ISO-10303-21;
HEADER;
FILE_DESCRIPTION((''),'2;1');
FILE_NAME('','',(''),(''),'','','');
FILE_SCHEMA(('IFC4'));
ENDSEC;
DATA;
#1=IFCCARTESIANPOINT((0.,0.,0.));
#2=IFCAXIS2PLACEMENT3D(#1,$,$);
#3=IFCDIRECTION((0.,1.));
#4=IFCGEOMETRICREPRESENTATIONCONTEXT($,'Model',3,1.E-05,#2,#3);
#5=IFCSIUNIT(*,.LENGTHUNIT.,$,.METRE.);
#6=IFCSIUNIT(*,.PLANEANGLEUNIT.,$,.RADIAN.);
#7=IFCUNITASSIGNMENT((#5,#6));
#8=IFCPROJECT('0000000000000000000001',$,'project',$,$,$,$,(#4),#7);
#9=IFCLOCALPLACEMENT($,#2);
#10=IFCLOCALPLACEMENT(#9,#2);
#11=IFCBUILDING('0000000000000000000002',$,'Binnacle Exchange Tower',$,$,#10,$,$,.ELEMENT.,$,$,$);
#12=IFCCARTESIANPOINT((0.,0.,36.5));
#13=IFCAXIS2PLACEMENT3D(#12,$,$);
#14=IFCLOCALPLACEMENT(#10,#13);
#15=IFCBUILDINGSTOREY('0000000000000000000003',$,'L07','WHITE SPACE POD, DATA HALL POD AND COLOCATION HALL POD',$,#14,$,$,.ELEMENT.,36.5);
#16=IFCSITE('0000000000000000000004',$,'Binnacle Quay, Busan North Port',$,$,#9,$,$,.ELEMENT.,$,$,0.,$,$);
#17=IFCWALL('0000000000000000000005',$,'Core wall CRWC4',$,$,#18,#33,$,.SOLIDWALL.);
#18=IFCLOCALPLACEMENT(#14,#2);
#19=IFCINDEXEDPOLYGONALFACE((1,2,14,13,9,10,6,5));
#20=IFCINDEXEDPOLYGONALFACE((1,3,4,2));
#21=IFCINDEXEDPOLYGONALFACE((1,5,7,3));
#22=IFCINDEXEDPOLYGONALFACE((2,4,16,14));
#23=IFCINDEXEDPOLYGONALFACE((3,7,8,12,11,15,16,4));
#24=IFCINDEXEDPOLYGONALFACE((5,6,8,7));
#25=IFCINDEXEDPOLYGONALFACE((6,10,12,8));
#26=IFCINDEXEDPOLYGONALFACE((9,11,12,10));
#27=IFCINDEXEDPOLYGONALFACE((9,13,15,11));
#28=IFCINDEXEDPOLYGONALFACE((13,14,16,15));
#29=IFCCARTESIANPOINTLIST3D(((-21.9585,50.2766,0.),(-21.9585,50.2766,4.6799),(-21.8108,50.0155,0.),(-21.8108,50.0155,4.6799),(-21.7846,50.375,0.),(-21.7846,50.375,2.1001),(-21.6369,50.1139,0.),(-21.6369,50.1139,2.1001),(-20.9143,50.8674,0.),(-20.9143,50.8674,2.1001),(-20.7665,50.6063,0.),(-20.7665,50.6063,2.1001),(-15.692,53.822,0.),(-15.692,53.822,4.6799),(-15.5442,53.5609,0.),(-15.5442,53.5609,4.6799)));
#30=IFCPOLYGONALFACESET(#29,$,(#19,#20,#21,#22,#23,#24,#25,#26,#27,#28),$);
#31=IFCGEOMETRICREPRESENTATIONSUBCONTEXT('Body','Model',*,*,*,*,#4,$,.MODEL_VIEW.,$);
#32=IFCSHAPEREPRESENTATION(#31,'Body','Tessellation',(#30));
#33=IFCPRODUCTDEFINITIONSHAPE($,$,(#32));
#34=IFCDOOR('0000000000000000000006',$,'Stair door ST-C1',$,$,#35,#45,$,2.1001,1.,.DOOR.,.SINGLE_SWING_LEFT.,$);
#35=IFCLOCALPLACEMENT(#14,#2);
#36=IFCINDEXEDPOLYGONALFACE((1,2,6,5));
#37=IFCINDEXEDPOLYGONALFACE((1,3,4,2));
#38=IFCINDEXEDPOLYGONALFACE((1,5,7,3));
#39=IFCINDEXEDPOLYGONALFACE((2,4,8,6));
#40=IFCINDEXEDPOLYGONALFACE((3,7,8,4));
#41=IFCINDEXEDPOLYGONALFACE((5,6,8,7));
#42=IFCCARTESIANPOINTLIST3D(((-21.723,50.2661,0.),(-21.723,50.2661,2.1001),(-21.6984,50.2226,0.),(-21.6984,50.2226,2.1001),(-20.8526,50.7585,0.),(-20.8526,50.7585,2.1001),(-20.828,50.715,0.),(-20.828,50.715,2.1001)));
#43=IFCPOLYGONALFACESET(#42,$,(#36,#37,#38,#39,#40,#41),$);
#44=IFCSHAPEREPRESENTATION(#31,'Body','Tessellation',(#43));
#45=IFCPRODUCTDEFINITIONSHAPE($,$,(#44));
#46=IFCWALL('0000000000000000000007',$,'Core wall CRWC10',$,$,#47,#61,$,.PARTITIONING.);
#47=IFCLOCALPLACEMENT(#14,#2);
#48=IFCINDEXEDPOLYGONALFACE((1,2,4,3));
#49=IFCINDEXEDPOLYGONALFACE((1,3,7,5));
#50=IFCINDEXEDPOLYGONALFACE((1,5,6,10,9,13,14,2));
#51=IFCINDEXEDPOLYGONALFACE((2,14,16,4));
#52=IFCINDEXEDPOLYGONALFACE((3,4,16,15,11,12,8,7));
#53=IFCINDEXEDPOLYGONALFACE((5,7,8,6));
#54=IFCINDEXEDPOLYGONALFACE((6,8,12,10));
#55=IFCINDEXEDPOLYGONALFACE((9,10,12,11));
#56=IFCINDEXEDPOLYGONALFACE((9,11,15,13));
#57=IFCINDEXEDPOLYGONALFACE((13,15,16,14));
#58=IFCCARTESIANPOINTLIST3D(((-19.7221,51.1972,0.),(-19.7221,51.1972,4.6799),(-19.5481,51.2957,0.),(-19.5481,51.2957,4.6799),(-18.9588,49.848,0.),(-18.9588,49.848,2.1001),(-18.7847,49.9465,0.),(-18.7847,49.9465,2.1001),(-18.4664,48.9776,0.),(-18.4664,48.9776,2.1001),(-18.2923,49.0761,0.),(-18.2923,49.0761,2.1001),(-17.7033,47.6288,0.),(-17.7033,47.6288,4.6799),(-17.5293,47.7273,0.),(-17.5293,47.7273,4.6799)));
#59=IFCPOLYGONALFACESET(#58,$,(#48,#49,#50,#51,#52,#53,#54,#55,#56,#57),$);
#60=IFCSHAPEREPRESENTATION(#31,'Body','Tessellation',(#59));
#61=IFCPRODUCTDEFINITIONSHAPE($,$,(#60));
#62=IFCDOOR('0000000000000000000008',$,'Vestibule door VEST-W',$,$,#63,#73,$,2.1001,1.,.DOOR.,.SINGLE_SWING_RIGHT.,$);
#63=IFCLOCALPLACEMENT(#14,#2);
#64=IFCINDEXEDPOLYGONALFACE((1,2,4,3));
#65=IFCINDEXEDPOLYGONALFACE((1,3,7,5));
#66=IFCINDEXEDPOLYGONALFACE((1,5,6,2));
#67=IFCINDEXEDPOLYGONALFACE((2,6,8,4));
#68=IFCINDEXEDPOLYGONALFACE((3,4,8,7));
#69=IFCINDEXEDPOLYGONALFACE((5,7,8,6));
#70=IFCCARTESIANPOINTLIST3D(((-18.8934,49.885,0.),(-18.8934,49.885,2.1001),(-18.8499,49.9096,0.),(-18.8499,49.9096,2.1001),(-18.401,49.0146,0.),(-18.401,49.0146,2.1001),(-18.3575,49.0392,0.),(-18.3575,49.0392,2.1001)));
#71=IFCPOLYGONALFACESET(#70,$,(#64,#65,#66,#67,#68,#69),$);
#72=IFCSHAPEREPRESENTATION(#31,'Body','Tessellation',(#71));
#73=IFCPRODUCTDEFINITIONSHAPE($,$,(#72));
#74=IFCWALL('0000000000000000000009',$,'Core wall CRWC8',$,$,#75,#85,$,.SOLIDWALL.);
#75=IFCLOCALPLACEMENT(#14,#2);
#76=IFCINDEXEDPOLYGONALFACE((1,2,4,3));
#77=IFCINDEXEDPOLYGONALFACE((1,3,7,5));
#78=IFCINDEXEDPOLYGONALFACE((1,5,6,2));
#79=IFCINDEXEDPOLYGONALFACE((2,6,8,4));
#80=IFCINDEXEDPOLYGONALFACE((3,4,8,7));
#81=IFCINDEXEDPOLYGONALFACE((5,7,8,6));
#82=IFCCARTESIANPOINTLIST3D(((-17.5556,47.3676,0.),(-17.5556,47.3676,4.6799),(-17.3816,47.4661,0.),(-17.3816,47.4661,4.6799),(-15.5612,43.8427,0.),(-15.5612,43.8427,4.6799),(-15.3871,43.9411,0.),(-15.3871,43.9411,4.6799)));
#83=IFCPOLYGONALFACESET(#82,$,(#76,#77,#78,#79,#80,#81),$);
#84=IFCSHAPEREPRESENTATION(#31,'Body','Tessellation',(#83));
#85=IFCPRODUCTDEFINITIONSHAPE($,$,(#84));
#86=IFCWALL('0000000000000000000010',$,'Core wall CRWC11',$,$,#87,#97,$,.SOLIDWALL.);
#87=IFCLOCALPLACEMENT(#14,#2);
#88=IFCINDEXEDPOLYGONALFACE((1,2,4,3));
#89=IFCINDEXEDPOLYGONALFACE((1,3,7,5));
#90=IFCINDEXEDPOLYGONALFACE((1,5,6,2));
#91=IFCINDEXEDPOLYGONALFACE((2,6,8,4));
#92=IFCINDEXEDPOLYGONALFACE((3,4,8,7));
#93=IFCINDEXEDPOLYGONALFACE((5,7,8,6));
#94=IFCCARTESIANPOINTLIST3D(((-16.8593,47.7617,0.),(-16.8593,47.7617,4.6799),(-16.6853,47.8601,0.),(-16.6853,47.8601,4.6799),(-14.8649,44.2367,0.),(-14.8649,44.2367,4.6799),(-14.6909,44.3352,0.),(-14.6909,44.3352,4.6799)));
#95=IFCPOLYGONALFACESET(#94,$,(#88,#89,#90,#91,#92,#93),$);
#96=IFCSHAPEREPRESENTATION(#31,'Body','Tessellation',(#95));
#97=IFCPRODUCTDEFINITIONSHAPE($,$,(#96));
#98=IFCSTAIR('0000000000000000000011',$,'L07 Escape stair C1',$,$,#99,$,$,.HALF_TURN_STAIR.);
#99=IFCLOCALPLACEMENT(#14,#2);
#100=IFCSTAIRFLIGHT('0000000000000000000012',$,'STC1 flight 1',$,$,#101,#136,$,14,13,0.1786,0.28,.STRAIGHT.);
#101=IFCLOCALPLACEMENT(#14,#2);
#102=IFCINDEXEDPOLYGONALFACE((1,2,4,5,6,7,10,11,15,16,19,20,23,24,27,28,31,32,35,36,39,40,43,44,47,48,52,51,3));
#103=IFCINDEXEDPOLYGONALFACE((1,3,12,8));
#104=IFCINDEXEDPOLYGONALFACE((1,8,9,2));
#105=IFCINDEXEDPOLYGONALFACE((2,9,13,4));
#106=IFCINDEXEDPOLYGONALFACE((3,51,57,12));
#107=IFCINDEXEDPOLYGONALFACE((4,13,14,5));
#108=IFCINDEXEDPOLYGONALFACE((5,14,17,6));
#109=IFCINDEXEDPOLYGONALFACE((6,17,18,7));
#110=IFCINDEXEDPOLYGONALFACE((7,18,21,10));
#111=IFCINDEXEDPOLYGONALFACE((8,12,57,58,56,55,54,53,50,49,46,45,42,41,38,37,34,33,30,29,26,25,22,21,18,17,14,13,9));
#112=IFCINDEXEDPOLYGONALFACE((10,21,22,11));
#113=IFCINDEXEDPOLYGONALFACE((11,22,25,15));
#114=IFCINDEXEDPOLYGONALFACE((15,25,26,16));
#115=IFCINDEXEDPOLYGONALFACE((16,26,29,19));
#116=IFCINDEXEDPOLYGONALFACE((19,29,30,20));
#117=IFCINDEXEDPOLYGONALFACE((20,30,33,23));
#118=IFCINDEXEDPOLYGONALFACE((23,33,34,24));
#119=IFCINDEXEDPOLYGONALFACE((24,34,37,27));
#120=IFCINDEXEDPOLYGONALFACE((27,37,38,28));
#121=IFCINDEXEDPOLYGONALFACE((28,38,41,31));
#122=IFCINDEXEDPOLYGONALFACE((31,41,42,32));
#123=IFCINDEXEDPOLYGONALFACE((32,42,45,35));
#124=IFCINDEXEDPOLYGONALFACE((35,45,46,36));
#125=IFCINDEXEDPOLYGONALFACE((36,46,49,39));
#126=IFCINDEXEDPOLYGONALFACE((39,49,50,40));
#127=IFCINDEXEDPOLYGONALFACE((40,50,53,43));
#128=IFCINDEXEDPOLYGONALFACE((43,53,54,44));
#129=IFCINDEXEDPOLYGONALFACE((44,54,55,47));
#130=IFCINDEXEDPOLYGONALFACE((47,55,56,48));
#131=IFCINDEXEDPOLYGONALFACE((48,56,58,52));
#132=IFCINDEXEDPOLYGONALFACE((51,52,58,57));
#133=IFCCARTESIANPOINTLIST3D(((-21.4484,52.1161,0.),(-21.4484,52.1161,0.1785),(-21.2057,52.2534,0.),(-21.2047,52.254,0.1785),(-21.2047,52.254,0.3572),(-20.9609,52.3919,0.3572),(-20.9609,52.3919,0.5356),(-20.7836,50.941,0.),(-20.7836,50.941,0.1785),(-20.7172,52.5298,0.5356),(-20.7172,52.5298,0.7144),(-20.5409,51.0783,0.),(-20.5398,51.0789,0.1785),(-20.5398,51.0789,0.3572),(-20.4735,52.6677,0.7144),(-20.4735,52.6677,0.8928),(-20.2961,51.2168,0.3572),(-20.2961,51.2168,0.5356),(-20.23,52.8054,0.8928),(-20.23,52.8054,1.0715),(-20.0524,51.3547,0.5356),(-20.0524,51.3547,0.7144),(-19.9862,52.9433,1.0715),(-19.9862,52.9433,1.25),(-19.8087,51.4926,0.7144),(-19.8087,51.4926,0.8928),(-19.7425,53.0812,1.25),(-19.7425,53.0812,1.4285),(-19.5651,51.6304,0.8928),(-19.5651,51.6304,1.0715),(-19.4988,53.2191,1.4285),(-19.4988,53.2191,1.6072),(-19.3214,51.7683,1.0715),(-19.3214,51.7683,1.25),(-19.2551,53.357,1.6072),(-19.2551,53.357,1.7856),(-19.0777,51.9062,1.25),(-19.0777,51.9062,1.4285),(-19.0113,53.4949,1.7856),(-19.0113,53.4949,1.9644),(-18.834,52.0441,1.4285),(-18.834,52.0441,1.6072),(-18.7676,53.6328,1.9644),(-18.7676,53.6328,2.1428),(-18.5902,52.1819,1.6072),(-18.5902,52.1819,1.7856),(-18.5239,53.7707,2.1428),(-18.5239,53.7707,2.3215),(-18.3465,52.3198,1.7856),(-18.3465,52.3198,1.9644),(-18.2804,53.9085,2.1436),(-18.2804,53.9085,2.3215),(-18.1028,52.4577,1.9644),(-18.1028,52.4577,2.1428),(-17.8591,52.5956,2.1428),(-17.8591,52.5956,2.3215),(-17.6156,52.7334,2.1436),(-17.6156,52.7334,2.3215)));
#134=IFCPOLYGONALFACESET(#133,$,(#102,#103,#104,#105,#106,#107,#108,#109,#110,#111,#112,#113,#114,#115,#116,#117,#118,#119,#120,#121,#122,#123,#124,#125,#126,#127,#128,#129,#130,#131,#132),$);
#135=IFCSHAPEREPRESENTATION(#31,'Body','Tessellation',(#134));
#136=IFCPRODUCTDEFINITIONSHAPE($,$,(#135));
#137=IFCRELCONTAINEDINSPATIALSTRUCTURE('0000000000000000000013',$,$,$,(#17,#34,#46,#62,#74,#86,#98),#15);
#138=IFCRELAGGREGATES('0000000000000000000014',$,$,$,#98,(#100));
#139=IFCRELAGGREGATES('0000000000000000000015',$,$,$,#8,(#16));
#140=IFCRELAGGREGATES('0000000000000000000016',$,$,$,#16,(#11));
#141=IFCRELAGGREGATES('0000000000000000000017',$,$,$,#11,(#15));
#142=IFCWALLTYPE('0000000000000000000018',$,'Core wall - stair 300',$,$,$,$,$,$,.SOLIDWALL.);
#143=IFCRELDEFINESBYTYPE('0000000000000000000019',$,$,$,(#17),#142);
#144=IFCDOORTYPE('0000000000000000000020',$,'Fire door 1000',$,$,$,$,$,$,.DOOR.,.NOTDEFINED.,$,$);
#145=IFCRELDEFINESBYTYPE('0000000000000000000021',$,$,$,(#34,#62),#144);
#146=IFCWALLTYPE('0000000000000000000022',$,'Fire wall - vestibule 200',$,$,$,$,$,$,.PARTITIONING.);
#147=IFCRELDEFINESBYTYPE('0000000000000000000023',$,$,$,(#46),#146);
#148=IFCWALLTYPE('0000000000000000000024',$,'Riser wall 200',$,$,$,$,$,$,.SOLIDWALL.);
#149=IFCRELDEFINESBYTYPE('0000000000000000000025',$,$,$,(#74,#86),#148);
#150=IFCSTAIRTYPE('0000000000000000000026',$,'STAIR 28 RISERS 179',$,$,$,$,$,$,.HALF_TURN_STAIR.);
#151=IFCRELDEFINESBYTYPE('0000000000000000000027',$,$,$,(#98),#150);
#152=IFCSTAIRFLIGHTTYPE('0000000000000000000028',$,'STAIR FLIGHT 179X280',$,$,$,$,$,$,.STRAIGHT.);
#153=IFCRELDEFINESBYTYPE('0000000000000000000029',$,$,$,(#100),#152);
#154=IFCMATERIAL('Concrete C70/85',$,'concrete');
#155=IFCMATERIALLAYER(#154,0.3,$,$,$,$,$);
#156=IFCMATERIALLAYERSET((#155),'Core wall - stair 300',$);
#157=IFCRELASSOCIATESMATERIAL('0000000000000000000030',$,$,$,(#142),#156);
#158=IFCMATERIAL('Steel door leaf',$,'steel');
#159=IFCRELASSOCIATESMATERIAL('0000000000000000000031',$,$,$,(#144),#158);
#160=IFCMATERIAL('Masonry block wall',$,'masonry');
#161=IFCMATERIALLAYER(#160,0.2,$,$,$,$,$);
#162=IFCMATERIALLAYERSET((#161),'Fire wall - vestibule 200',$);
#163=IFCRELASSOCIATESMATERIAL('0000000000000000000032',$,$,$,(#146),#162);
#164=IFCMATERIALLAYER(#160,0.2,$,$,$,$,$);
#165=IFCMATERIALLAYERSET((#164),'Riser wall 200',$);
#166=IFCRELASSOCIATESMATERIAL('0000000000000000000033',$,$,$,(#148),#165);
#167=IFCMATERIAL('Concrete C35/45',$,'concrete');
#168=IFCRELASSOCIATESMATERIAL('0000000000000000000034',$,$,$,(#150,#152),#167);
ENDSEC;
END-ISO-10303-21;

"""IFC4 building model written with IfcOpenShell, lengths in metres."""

from ifc_helpers import new_model, si_unit, direction, frame, frame_2d, origin, place, context, subcontext, project, spatial, polyline, rectangle, outline, extrude, material, layer, layer_set, type_object, element, fill, aggregate, save


model = new_model("IFC4")

# Units and contexts
model_context = context("Model", 3, precision=1e-05, world=origin(), true_north=direction((0.0, 1.0)))
body_context = subcontext(model_context, "Body", "Model", "MODEL_VIEW")
ifc_project = project(units=[si_unit("LENGTHUNIT", "METRE"), si_unit("PLANEANGLEUNIT", "RADIAN")], contexts=[model_context])

# Site, building, storey
site_placement = place(None, origin())
site = spatial("IfcSite", under=ifc_project, at=site_placement, Name="Binnacle Quay, Busan North Port", CompositionType="ELEMENT", RefElevation=0.0)
building_placement = place(site_placement, origin())
building = spatial("IfcBuilding", under=site, at=building_placement, Name="Binnacle Exchange Tower", CompositionType="ELEMENT")
storey_placement = place(building_placement, frame((0.0, 0.0, 36.5)))
storey = spatial("IfcBuildingStorey", under=building, at=storey_placement, Name="L07", Description="WHITE SPACE POD, DATA HALL POD AND COLOCATION HALL POD", CompositionType="ELEMENT", Elevation=36.5)

# Shared definitions
ifc_material_1 = material(Name="Concrete C70/85", Category="concrete")

# Shared definitions
ifc_material_2 = material(Name="Steel door leaf", Category="steel")

# Walls, openings, doors
ifc_layer_1 = layer(ifc_material_1, 0.3)
ifc_layer_set_1 = layer_set([ifc_layer_1], Name="Core wall - stair 300")
wall_type_1 = type_object("IfcWallType", Name="Core wall - stair 300", PredefinedType="SOLIDWALL", material=ifc_layer_set_1)
wall_1_placement = place(storey_placement, frame((-21.8848, 50.146, 0.0), z_axis=(0.0, 0.0, 1.0), x_axis=(0.870359, 0.492417, 0.0)))
wall_1 = element("IfcWall", 1, at=wall_1_placement, inside=storey, type_object=wall_type_1, Name="Core wall CRWC4", PredefinedType="SOLIDWALL", context=body_context, shape_type="SweptSolid", body=[
    extrude(rectangle(XDim=7.2, YDim=0.3, at=frame_2d((3.6001, 0.0))), origin(), (0.0, 0.0, 1.0), 4.6799),
])
opening_1_placement = place(wall_1_placement, frame((0.2, 0.0, 0.0)))
opening_1 = element("IfcOpeningElement", 2, at=opening_1_placement, cuts=wall_1, PredefinedType="OPENING", context=body_context, shape_type="SweptSolid", body=[
    extrude(rectangle(XDim=1.0, YDim=2.1001, at=frame_2d((0.5, 1.05))), frame((0.0, 0.1599, 0.0), z_axis=(0.0, -1.0, 0.0), x_axis=(1.0, 0.0, 0.0)), (0.0, 0.0, 1.0), 0.3201),
])
door_type_1 = type_object("IfcDoorType", Name="Fire door 1000", OperationType="NOTDEFINED", PredefinedType="DOOR", material=ifc_material_2)
door_1_placement = place(opening_1_placement, origin())
door_1 = element("IfcDoor", 3, at=door_1_placement, inside=storey, type_object=door_type_1, Name="Stair door ST-C1", OperationType="SINGLE_SWING_LEFT", OverallHeight=2.1001, OverallWidth=1.0, PredefinedType="DOOR", context=body_context, shape_type="SweptSolid", body=[
    extrude(rectangle(XDim=1.0, YDim=2.1001, at=frame_2d((0.5, 1.05))), frame((0.0, 0.0249, 0.0), z_axis=(0.0, -1.0, 0.0), x_axis=(1.0, 0.0, 0.0)), (0.0, 0.0, 1.0), 0.05),
])
fill(opening_1, door_1)
ifc_material_3 = material(Name="Masonry block wall", Category="masonry")
ifc_layer_2 = layer(ifc_material_3, 0.2)
ifc_layer_set_2 = layer_set([ifc_layer_2], Name="Fire wall - vestibule 200")
wall_type_2 = type_object("IfcWallType", Name="Fire wall - vestibule 200", PredefinedType="PARTITIONING", material=ifc_layer_set_2)
wall_2_placement = place(storey_placement, frame((-19.635, 51.2463, 0.0), z_axis=(0.0, 0.0, 1.0), x_axis=(0.492408, -0.870364, 0.0)))
wall_2 = element("IfcWall", 4, at=wall_2_placement, inside=storey, type_object=wall_type_2, Name="Core wall CRWC10", PredefinedType="PARTITIONING", context=body_context, shape_type="SweptSolid", body=[
    extrude(rectangle(XDim=4.0999, YDim=0.2, at=frame_2d((2.0498, 0.0))), origin(), (0.0, 0.0, 1.0), 4.6799),
])
opening_2_placement = place(wall_2_placement, frame((1.55, 0.0, 0.0)))
opening_2 = element("IfcOpeningElement", 5, at=opening_2_placement, cuts=wall_2, PredefinedType="OPENING", context=body_context, shape_type="SweptSolid", body=[
    extrude(rectangle(XDim=1.0, YDim=2.1001, at=frame_2d((0.5, 1.05))), frame((0.0, 0.1099, 0.0), z_axis=(0.0, -1.0, 0.0), x_axis=(1.0, 0.0, 0.0)), (0.0, 0.0, 1.0), 0.22),
])
door_2_placement = place(opening_2_placement, frame((1.0, 0.0, 0.0), z_axis=(0.0, 0.0, 1.0), x_axis=(-1.0, 0.0, 0.0)))
door_2 = element("IfcDoor", 6, at=door_2_placement, inside=storey, type_object=door_type_1, Name="Vestibule door VEST-W", OperationType="SINGLE_SWING_RIGHT", OverallHeight=2.1001, OverallWidth=1.0, PredefinedType="DOOR", context=body_context, shape_type="SweptSolid", body=[
    extrude(rectangle(XDim=1.0, YDim=2.1001, at=frame_2d((0.5, 1.05))), frame((0.0, 0.0249, 0.0), z_axis=(0.0, -1.0, 0.0), x_axis=(1.0, 0.0, 0.0)), (0.0, 0.0, 1.0), 0.05),
])
fill(opening_2, door_2)

# Walls
ifc_layer_3 = layer(ifc_material_3, 0.2)
ifc_layer_set_3 = layer_set([ifc_layer_3], Name="Riser wall 200")
wall_type_3 = type_object("IfcWallType", Name="Riser wall 200", PredefinedType="SOLIDWALL", material=ifc_layer_set_3)
for number, where, z_axis, x_axis, name in (
    (7, (-17.4685, 47.4167, 0.0), (0.0, 0.0, 1.0), (0.492441, -0.870346, 0.0), "Core wall CRWC8"),
    (8, (-16.7722, 47.8108, 0.0), (0.0, 0.0, 1.0), (0.492441, -0.870346, 0.0), "Core wall CRWC11"),
):
    element("IfcWall", number, at=place(storey_placement, frame(where, z_axis=z_axis, x_axis=x_axis)), inside=storey, type_object=wall_type_3, Name=name, PredefinedType="SOLIDWALL", context=body_context, shape_type="SweptSolid", body=[
        extrude(rectangle(XDim=4.05, YDim=0.2, at=frame_2d((2.0249, 0.0))), origin(), (0.0, 0.0, 1.0), 4.6799),
    ])

# Stair, stair flight
ifc_material_4 = material(Name="Concrete C35/45", Category="concrete")
stair_type = type_object("IfcStairType", Name="STAIR 28 RISERS 179", PredefinedType="HALF_TURN_STAIR", material=ifc_material_4)
stair_placement = place(storey_placement, origin())
stair = element("IfcStair", 9, at=stair_placement, inside=storey, type_object=stair_type, Name="L07 Escape stair C1", PredefinedType="HALF_TURN_STAIR")
stair_flight_type = type_object("IfcStairFlightType", Name="STAIR FLIGHT 179X280", PredefinedType="STRAIGHT", material=ifc_material_4)
stair_flight_placement = place(storey_placement, frame((-21.116, 51.5286, 0.0), z_axis=(0.0, 0.0, 1.0), x_axis=(0.870356, 0.492424, 0.0)))
stair_flight = element("IfcStairFlight", 10, at=stair_flight_placement, type_object=stair_flight_type, Name="STC1 flight 1", NumberOfRisers=14, NumberOfTreads=13, PredefinedType="STRAIGHT", RiserHeight=0.1786, TreadLength=0.28, context=body_context, shape_type="SweptSolid", body=[
    extrude(outline(polyline([(0.0, 0.0), (0.0, 0.1785), (0.28, 0.1785), (0.28, 0.3572), (0.5601, 0.3572), (0.5601, 0.5356), (0.8401, 0.5356), (0.8401, 0.7144), (1.1201, 0.7144), (1.1201, 0.8928), (1.3999, 0.8928), (1.3999, 1.0715), (1.6799, 1.0715), (1.6799, 1.25), (1.96, 1.25), (1.96, 1.4285), (2.24, 1.4285), (2.24, 1.6072), (2.52, 1.6072), (2.52, 1.7856), (2.8, 1.7856), (2.8, 1.9644), (3.0801, 1.9644), (3.0801, 2.1428), (3.3601, 2.1428), (3.3601, 2.3215), (3.6399, 2.3215), (3.6399, 2.5), (3.6399, 2.1436), (0.2788, 0.0), (0.0, 0.0)])), frame((0.0, 0.675, 0.0), z_axis=(0.0, -1.0, 0.0), x_axis=(1.0, 0.0, 0.0)), (0.0, 0.0, 1.0), 1.3501),
])
aggregate(stair, [stair_flight])

save(model, "model.ifc")
